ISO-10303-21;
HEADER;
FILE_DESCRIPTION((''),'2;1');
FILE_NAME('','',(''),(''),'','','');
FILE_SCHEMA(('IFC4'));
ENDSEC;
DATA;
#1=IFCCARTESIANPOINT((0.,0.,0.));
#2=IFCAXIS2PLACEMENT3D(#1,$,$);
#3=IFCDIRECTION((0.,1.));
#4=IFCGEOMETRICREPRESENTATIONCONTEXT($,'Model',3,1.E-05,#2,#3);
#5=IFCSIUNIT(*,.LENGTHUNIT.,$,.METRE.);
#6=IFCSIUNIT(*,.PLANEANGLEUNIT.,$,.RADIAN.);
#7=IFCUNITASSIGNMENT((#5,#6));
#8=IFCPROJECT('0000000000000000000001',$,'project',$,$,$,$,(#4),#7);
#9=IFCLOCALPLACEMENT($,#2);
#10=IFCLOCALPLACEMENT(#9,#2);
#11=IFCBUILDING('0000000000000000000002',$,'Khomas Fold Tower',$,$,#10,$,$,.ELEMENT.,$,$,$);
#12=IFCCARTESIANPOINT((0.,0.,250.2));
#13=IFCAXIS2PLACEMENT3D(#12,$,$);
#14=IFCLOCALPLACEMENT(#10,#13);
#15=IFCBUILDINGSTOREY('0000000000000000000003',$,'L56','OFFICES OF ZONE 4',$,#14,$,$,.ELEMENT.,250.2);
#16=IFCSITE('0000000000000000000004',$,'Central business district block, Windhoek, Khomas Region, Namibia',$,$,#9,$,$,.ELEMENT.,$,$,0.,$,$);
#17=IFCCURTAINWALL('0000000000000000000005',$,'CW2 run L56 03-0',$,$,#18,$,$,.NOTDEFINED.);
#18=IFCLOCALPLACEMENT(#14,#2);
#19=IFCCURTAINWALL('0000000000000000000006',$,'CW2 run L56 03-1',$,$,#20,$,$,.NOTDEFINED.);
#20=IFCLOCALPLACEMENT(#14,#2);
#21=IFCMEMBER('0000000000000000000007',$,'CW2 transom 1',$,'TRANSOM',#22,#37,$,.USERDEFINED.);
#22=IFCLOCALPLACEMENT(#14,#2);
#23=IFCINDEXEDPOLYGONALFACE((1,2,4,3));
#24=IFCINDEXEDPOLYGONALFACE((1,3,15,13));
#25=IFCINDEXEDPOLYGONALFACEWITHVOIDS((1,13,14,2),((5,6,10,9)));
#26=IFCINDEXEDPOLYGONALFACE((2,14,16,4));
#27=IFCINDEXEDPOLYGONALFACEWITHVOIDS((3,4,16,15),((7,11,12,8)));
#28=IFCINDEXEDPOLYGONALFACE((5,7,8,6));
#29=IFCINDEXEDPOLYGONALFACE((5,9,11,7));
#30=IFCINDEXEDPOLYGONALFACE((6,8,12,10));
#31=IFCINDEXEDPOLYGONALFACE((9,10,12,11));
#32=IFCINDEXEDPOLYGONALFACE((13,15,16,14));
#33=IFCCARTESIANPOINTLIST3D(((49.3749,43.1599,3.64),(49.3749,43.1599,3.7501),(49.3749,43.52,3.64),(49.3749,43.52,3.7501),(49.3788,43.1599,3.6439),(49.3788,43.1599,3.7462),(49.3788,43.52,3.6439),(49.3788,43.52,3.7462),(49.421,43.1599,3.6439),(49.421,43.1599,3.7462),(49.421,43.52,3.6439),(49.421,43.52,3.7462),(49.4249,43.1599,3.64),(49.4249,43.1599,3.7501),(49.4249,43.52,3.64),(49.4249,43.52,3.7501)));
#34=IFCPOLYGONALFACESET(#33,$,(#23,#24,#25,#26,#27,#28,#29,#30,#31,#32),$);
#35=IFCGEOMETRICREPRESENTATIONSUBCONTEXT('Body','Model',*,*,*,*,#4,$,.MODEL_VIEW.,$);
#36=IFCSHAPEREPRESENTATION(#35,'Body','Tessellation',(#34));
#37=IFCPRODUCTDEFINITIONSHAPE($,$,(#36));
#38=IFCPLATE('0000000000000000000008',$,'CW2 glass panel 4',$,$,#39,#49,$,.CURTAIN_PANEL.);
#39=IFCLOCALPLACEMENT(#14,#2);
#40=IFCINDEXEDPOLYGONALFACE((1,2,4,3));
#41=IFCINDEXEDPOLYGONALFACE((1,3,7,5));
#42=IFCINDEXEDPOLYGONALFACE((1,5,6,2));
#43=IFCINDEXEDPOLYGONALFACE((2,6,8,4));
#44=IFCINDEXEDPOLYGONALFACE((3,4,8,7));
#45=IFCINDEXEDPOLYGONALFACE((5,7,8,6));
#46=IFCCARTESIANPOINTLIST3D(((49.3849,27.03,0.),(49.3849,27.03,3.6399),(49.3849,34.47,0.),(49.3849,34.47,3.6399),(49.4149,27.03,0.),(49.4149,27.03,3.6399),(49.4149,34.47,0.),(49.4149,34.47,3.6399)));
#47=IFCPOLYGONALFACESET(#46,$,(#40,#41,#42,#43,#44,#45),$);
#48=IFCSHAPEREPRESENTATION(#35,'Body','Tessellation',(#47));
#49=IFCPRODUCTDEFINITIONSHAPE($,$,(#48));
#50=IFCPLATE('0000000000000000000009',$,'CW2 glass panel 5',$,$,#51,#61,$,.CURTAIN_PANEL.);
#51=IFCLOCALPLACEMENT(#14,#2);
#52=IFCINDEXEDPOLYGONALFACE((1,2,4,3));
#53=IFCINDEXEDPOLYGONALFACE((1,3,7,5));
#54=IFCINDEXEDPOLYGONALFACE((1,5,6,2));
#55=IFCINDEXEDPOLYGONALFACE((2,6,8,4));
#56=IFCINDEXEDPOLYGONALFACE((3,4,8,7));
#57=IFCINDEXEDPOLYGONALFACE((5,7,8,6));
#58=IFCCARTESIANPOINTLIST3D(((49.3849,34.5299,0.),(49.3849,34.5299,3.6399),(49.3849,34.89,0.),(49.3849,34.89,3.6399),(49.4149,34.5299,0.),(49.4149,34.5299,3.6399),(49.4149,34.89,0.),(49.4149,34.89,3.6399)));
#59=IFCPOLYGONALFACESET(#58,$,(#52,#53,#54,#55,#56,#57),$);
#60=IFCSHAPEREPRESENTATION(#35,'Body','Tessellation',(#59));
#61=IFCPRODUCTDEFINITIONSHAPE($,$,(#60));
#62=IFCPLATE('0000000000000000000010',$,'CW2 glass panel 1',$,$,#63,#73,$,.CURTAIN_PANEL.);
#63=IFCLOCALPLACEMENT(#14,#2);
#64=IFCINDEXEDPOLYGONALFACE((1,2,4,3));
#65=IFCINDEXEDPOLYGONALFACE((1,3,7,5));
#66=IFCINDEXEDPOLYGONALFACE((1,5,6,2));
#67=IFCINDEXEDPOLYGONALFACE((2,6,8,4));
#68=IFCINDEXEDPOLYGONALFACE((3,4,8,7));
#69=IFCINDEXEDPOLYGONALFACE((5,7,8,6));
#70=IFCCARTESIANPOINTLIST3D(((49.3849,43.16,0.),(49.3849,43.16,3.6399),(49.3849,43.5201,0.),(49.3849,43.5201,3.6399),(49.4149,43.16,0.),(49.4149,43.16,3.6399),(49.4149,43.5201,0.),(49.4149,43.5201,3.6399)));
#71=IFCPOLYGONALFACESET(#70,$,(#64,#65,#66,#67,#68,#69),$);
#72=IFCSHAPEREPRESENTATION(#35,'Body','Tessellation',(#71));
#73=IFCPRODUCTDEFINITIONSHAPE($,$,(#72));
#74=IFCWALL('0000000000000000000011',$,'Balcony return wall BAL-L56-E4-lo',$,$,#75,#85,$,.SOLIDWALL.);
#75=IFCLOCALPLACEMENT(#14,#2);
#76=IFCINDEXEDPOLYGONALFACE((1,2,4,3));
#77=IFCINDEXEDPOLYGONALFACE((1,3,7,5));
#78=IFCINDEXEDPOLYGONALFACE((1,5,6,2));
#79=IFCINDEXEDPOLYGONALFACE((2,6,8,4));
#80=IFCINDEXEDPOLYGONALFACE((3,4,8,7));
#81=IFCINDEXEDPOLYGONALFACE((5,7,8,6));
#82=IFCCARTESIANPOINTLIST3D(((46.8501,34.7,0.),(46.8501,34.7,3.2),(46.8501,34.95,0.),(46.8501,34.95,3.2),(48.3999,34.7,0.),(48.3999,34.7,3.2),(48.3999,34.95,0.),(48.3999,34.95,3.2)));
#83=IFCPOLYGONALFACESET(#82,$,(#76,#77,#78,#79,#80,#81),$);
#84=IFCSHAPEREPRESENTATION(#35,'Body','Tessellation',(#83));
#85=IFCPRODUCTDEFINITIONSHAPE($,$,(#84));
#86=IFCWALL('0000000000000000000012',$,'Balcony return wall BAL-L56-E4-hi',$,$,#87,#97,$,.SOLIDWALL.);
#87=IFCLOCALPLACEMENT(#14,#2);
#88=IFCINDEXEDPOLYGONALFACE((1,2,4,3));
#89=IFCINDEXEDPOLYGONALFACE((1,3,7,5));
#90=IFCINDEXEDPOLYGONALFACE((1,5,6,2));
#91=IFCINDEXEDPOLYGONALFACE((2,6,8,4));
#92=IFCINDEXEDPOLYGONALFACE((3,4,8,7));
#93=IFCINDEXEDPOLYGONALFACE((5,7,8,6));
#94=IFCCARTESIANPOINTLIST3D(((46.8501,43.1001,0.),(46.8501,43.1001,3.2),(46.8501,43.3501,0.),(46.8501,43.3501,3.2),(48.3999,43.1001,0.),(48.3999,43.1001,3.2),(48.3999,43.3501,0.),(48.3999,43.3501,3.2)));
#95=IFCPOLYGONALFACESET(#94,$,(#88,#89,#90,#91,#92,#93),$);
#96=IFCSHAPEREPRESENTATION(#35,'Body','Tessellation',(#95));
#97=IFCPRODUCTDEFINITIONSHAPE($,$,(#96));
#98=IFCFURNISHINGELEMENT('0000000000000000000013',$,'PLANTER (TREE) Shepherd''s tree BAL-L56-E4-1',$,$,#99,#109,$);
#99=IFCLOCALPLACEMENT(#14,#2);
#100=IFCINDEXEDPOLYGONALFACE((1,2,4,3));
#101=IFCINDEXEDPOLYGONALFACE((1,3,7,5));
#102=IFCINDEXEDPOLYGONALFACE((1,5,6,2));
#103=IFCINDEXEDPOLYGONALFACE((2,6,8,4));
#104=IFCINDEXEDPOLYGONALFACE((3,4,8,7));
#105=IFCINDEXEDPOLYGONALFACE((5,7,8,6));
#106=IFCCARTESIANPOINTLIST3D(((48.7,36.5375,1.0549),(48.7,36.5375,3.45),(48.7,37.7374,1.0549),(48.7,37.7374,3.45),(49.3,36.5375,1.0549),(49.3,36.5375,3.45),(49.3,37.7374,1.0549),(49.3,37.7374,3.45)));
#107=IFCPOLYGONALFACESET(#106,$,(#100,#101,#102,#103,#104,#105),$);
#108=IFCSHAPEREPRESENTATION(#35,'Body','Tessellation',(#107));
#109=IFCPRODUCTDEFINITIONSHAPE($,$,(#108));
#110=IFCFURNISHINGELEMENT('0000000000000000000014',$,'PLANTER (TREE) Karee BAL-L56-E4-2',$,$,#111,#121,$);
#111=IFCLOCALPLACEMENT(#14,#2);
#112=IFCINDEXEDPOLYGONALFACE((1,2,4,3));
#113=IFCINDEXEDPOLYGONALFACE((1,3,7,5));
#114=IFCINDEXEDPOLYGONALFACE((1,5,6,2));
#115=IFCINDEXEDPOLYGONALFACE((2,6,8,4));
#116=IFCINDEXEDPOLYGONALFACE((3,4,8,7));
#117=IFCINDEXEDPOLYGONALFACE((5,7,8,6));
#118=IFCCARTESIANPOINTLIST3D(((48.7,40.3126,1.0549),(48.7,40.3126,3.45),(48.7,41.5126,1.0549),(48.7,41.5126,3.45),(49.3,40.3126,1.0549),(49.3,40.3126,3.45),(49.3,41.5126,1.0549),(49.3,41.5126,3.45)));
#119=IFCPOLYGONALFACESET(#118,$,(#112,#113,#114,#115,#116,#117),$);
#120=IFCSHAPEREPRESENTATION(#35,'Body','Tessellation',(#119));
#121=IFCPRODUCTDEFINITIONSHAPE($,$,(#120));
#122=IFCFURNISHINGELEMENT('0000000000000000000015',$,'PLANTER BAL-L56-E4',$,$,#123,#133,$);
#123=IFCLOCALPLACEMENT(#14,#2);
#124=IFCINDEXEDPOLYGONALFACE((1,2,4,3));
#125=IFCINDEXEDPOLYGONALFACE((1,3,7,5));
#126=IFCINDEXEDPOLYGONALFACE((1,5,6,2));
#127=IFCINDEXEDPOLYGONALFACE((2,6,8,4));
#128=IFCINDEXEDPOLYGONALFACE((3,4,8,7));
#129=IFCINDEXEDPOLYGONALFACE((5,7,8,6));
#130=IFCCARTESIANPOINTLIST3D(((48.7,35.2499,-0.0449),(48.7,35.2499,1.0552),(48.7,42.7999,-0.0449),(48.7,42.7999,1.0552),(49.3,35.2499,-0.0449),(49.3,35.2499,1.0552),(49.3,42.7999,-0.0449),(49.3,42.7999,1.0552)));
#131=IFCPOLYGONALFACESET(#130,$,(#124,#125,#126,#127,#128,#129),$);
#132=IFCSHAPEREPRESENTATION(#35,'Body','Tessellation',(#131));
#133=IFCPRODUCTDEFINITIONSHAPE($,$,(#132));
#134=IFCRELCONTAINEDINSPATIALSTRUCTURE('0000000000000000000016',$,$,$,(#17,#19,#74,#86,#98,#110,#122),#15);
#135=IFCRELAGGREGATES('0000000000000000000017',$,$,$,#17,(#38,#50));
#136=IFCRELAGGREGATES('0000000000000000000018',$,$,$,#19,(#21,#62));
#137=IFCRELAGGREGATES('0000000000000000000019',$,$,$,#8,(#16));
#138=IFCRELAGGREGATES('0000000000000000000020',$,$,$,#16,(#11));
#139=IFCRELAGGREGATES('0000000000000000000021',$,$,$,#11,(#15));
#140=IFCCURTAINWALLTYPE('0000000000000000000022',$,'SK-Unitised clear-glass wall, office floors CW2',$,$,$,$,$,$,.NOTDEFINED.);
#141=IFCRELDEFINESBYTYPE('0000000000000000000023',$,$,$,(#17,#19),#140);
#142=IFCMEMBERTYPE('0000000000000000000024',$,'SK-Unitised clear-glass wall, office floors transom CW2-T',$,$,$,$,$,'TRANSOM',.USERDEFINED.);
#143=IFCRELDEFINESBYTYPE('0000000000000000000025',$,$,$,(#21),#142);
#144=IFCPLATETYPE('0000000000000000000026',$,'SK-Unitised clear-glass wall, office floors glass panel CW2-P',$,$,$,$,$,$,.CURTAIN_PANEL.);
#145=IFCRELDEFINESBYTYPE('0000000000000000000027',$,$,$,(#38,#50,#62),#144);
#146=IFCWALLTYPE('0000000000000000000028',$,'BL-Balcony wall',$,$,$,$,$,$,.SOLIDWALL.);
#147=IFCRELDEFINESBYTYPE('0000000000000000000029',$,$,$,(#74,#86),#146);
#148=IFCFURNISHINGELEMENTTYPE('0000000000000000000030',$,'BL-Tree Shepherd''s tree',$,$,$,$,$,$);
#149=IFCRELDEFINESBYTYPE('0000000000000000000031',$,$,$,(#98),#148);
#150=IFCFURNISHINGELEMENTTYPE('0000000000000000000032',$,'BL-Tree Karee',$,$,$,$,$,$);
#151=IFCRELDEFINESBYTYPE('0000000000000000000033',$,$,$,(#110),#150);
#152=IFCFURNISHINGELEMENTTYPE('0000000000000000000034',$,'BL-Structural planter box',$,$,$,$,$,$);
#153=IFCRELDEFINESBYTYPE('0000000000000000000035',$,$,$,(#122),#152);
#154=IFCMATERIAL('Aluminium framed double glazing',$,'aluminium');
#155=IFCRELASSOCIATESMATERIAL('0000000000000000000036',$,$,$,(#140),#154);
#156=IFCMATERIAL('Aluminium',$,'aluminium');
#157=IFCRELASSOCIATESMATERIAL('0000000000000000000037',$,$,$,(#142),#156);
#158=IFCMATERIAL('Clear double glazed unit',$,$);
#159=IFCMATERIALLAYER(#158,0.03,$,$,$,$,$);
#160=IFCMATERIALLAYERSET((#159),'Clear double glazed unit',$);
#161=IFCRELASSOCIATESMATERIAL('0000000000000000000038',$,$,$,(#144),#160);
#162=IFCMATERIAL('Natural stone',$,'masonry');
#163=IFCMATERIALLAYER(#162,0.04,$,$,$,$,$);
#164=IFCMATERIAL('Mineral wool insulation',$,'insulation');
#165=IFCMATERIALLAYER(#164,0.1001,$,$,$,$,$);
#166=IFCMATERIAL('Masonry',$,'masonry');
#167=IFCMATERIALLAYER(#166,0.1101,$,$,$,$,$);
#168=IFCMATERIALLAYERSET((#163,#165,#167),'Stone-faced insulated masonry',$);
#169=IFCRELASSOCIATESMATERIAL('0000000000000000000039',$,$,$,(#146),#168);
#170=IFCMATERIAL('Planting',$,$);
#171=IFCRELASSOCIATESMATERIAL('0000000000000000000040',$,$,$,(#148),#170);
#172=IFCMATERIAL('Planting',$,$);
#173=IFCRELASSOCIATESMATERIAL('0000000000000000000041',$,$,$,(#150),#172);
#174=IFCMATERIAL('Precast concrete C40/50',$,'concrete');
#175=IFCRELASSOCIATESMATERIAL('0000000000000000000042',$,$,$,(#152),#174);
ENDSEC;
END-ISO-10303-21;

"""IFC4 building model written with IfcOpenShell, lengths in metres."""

from ifc_helpers import new_model, si_unit, direction, frame, frame_2d, origin, origin_2d, place, context, subcontext, project, spatial, rectangle, hollow_rectangle, extrude, source, transform, mapped, material, layer, layer_set, material_profile, profile_set, type_object, element, aggregate, save


model = new_model("IFC4")

# Units and contexts
model_context = context("Model", 3, precision=1e-05, world=origin(), true_north=direction((0.0, 1.0)))
body_context = subcontext(model_context, "Body", "Model", "MODEL_VIEW")
ifc_project = project(units=[si_unit("LENGTHUNIT", "METRE"), si_unit("PLANEANGLEUNIT", "RADIAN")], contexts=[model_context])

# Site, building, storey
site_placement = place(None, origin())
site = spatial("IfcSite", under=ifc_project, at=site_placement, Name="Central business district block, Windhoek, Khomas Region, Namibia", CompositionType="ELEMENT", RefElevation=0.0)
building_placement = place(site_placement, origin())
building = spatial("IfcBuilding", under=site, at=building_placement, Name="Khomas Fold Tower", CompositionType="ELEMENT")
storey_placement = place(building_placement, frame((0.0, 0.0, 250.2)))
storey = spatial("IfcBuildingStorey", under=building, at=storey_placement, Name="L56", Description="OFFICES OF ZONE 4", CompositionType="ELEMENT", Elevation=250.2)

# Curtain wall
ifc_material_1 = material(Name="Aluminium framed double glazing", Category="aluminium")
curtain_wall_type = type_object("IfcCurtainWallType", Name="SK-Unitised clear-glass wall, office floors CW2", PredefinedType="NOTDEFINED", material=ifc_material_1)
curtain_wall_1_placement = place(storey_placement, origin())
curtain_wall_1 = element("IfcCurtainWall", 1, at=curtain_wall_1_placement, inside=storey, type_object=curtain_wall_type, Name="CW2 run L56 03-0", PredefinedType="NOTDEFINED")

# Curtain wall
curtain_wall_2_placement = place(storey_placement, origin())
curtain_wall_2 = element("IfcCurtainWall", 2, at=curtain_wall_2_placement, inside=storey, type_object=curtain_wall_type, Name="CW2 run L56 03-1", PredefinedType="NOTDEFINED")

# Member
ifc_material_2 = material(Name="Aluminium", Category="aluminium")
ifc_material_profile_1 = material_profile(ifc_material_2, hollow_rectangle(XDim=0.05, YDim=0.1101, WallThickness=0.0039, at=origin_2d()), Name="SK-Unitised clear-glass wall, office floors transom CW2-T")
ifc_profile_set_1 = profile_set([ifc_material_profile_1], Name="Aluminium")
member_type_1 = type_object("IfcMemberType", Name="SK-Unitised clear-glass wall, office floors transom CW2-T", ElementType="TRANSOM", PredefinedType="USERDEFINED", material=ifc_profile_set_1)
shared_shape_1 = source(origin(), body_context, "Body", "SweptSolid", [
    extrude(hollow_rectangle(XDim=0.05, YDim=0.1101, WallThickness=0.0039, at=origin_2d()), origin(), (0.0, 0.0, 1.0), 0.3601),
])
member_1_placement = place(storey_placement, frame((49.3999, 43.1599, 3.6951), z_axis=(0.0, 1.0, 0.0), x_axis=(-1.0, 0.0, 0.0)))
member_1 = element("IfcMember", 3, at=member_1_placement, type_object=member_type_1, Name="CW2 transom 1", ObjectType="TRANSOM", PredefinedType="USERDEFINED", context=body_context, shape_type="MappedRepresentation", body=[
    mapped(shared_shape_1, transform((0.0, 0.0, 0.0))),
])

# Plates
ifc_material_3 = material(Name="Clear double glazed unit")
ifc_layer_1 = layer(ifc_material_3, 0.03)
ifc_layer_set_1 = layer_set([ifc_layer_1], Name="Clear double glazed unit")
plate_type = type_object("IfcPlateType", Name="SK-Unitised clear-glass wall, office floors glass panel CW2-P", PredefinedType="CURTAIN_PANEL", material=ifc_layer_set_1)
shared_shape_2 = source(origin(), body_context, "Body", "SweptSolid", [
    extrude(rectangle(XDim=7.4399, YDim=0.03, at=origin_2d()), origin(), (0.0, 0.0, 1.0), 3.6399),
])
plate_1_placement = place(storey_placement, frame((49.3999, 30.75, 0.0), z_axis=(0.0, 0.0, 1.0), x_axis=(0.0, 1.0, 0.0)))
plate_1 = element("IfcPlate", 4, at=plate_1_placement, type_object=plate_type, Name="CW2 glass panel 4", PredefinedType="CURTAIN_PANEL", context=body_context, shape_type="MappedRepresentation", body=[
    mapped(shared_shape_2, transform((0.0, 0.0, 0.0))),
])
shared_shape_3 = source(origin(), body_context, "Body", "SweptSolid", [
    extrude(rectangle(XDim=0.3601, YDim=0.03, at=origin_2d()), origin(), (0.0, 0.0, 1.0), 3.6399),
])
plate_2_placement = place(storey_placement, frame((49.3999, 34.71, 0.0), z_axis=(0.0, 0.0, 1.0), x_axis=(0.0, 1.0, 0.0)))
plate_2 = element("IfcPlate", 5, at=plate_2_placement, type_object=plate_type, Name="CW2 glass panel 5", PredefinedType="CURTAIN_PANEL", context=body_context, shape_type="MappedRepresentation", body=[
    mapped(shared_shape_3, transform((0.0, 0.0, 0.0))),
])
aggregate(curtain_wall_1, [plate_1, plate_2])
plate_3_placement = place(storey_placement, frame((49.3999, 43.3401, 0.0), z_axis=(0.0, 0.0, 1.0), x_axis=(0.0, 1.0, 0.0)))
plate_3 = element("IfcPlate", 6, at=plate_3_placement, type_object=plate_type, Name="CW2 glass panel 1", PredefinedType="CURTAIN_PANEL", context=body_context, shape_type="MappedRepresentation", body=[
    mapped(shared_shape_3, transform((0.0, 0.0, 0.0))),
])
aggregate(curtain_wall_2, [member_1, plate_3])

# Walls
ifc_material_4 = material(Name="Natural stone", Category="masonry")
ifc_layer_2 = layer(ifc_material_4, 0.04)
ifc_material_5 = material(Name="Mineral wool insulation", Category="insulation")
ifc_layer_3 = layer(ifc_material_5, 0.1001)
ifc_material_6 = material(Name="Masonry", Category="masonry")
ifc_layer_4 = layer(ifc_material_6, 0.1101)
ifc_layer_set_2 = layer_set([ifc_layer_2, ifc_layer_3, ifc_layer_4], Name="Stone-faced insulated masonry")
wall_type = type_object("IfcWallType", Name="BL-Balcony wall", PredefinedType="SOLIDWALL", material=ifc_layer_set_2)
shared_shape_4 = source(origin(), body_context, "Body", "SweptSolid", [
    extrude(rectangle(XDim=1.5498, YDim=0.25, at=frame_2d((0.7749, 0.0))), origin(), (0.0, 0.0, 1.0), 3.2),
])
for number, where, z_axis, x_axis, name in (
    (7, (48.3999, 34.825, 0.0), (0.0, 0.0, 1.0), (-1.0, 0.0, 0.0), "Balcony return wall BAL-L56-E4-lo"),
    (8, (48.3999, 43.2251, 0.0), (0.0, 0.0, 1.0), (-1.0, 0.0, 0.0), "Balcony return wall BAL-L56-E4-hi"),
):
    element("IfcWall", number, at=place(storey_placement, frame(where, z_axis=z_axis, x_axis=x_axis)), inside=storey, type_object=wall_type, Name=name, PredefinedType="SOLIDWALL", context=body_context, shape_type="MappedRepresentation", body=[
        mapped(shared_shape_4, transform((0.0, 0.0, 0.0))),
    ])

# Furnishing elements
ifc_material_7 = material(Name="Planting")
furnishing_element_type_1 = type_object("IfcFurnishingElementType", Name="BL-Tree Shepherd's tree", material=ifc_material_7)
shared_shape_5 = source(origin(), body_context, "Body", "SweptSolid", [
    extrude(rectangle(XDim=1.2, YDim=0.6001, at=origin_2d()), origin(), (0.0, 0.0, 1.0), 2.395),
])
furnishing_1_placement = place(storey_placement, frame((49.0, 37.1375, 1.0549), z_axis=(0.0, 0.0, 1.0), x_axis=(0.0, 1.0, 0.0)))
element("IfcFurnishingElement", 9, at=furnishing_1_placement, inside=storey, type_object=furnishing_element_type_1, Name="PLANTER (TREE) Shepherd's tree BAL-L56-E4-1", context=body_context, shape_type="MappedRepresentation", body=[
    mapped(shared_shape_5, transform((0.0, 0.0, 0.0))),
])
ifc_material_8 = material(Name="Planting")
furnishing_element_type_2 = type_object("IfcFurnishingElementType", Name="BL-Tree Karee", material=ifc_material_8)
furnishing_2_placement = place(storey_placement, frame((49.0, 40.9126, 1.0549), z_axis=(0.0, 0.0, 1.0), x_axis=(0.0, 1.0, 0.0)))
element("IfcFurnishingElement", 10, at=furnishing_2_placement, inside=storey, type_object=furnishing_element_type_2, Name="PLANTER (TREE) Karee BAL-L56-E4-2", context=body_context, shape_type="MappedRepresentation", body=[
    mapped(shared_shape_5, transform((0.0, 0.0, 0.0))),
])
ifc_material_9 = material(Name="Precast concrete C40/50", Category="concrete")
furnishing_element_type_3 = type_object("IfcFurnishingElementType", Name="BL-Structural planter box", material=ifc_material_9)
shared_shape_6 = source(origin(), body_context, "Body", "SweptSolid", [
    extrude(rectangle(XDim=7.55, YDim=0.6001, at=origin_2d()), origin(), (0.0, 0.0, 1.0), 1.1001),
])
furnishing_3_placement = place(storey_placement, frame((49.0, 39.0249, -0.0449), z_axis=(0.0, 0.0, 1.0), x_axis=(0.0, 1.0, 0.0)))
element("IfcFurnishingElement", 11, at=furnishing_3_placement, inside=storey, type_object=furnishing_element_type_3, Name="PLANTER BAL-L56-E4", context=body_context, shape_type="MappedRepresentation", body=[
    mapped(shared_shape_6, transform((0.0, 0.0, 0.0))),
])

save(model, "model.ifc")
